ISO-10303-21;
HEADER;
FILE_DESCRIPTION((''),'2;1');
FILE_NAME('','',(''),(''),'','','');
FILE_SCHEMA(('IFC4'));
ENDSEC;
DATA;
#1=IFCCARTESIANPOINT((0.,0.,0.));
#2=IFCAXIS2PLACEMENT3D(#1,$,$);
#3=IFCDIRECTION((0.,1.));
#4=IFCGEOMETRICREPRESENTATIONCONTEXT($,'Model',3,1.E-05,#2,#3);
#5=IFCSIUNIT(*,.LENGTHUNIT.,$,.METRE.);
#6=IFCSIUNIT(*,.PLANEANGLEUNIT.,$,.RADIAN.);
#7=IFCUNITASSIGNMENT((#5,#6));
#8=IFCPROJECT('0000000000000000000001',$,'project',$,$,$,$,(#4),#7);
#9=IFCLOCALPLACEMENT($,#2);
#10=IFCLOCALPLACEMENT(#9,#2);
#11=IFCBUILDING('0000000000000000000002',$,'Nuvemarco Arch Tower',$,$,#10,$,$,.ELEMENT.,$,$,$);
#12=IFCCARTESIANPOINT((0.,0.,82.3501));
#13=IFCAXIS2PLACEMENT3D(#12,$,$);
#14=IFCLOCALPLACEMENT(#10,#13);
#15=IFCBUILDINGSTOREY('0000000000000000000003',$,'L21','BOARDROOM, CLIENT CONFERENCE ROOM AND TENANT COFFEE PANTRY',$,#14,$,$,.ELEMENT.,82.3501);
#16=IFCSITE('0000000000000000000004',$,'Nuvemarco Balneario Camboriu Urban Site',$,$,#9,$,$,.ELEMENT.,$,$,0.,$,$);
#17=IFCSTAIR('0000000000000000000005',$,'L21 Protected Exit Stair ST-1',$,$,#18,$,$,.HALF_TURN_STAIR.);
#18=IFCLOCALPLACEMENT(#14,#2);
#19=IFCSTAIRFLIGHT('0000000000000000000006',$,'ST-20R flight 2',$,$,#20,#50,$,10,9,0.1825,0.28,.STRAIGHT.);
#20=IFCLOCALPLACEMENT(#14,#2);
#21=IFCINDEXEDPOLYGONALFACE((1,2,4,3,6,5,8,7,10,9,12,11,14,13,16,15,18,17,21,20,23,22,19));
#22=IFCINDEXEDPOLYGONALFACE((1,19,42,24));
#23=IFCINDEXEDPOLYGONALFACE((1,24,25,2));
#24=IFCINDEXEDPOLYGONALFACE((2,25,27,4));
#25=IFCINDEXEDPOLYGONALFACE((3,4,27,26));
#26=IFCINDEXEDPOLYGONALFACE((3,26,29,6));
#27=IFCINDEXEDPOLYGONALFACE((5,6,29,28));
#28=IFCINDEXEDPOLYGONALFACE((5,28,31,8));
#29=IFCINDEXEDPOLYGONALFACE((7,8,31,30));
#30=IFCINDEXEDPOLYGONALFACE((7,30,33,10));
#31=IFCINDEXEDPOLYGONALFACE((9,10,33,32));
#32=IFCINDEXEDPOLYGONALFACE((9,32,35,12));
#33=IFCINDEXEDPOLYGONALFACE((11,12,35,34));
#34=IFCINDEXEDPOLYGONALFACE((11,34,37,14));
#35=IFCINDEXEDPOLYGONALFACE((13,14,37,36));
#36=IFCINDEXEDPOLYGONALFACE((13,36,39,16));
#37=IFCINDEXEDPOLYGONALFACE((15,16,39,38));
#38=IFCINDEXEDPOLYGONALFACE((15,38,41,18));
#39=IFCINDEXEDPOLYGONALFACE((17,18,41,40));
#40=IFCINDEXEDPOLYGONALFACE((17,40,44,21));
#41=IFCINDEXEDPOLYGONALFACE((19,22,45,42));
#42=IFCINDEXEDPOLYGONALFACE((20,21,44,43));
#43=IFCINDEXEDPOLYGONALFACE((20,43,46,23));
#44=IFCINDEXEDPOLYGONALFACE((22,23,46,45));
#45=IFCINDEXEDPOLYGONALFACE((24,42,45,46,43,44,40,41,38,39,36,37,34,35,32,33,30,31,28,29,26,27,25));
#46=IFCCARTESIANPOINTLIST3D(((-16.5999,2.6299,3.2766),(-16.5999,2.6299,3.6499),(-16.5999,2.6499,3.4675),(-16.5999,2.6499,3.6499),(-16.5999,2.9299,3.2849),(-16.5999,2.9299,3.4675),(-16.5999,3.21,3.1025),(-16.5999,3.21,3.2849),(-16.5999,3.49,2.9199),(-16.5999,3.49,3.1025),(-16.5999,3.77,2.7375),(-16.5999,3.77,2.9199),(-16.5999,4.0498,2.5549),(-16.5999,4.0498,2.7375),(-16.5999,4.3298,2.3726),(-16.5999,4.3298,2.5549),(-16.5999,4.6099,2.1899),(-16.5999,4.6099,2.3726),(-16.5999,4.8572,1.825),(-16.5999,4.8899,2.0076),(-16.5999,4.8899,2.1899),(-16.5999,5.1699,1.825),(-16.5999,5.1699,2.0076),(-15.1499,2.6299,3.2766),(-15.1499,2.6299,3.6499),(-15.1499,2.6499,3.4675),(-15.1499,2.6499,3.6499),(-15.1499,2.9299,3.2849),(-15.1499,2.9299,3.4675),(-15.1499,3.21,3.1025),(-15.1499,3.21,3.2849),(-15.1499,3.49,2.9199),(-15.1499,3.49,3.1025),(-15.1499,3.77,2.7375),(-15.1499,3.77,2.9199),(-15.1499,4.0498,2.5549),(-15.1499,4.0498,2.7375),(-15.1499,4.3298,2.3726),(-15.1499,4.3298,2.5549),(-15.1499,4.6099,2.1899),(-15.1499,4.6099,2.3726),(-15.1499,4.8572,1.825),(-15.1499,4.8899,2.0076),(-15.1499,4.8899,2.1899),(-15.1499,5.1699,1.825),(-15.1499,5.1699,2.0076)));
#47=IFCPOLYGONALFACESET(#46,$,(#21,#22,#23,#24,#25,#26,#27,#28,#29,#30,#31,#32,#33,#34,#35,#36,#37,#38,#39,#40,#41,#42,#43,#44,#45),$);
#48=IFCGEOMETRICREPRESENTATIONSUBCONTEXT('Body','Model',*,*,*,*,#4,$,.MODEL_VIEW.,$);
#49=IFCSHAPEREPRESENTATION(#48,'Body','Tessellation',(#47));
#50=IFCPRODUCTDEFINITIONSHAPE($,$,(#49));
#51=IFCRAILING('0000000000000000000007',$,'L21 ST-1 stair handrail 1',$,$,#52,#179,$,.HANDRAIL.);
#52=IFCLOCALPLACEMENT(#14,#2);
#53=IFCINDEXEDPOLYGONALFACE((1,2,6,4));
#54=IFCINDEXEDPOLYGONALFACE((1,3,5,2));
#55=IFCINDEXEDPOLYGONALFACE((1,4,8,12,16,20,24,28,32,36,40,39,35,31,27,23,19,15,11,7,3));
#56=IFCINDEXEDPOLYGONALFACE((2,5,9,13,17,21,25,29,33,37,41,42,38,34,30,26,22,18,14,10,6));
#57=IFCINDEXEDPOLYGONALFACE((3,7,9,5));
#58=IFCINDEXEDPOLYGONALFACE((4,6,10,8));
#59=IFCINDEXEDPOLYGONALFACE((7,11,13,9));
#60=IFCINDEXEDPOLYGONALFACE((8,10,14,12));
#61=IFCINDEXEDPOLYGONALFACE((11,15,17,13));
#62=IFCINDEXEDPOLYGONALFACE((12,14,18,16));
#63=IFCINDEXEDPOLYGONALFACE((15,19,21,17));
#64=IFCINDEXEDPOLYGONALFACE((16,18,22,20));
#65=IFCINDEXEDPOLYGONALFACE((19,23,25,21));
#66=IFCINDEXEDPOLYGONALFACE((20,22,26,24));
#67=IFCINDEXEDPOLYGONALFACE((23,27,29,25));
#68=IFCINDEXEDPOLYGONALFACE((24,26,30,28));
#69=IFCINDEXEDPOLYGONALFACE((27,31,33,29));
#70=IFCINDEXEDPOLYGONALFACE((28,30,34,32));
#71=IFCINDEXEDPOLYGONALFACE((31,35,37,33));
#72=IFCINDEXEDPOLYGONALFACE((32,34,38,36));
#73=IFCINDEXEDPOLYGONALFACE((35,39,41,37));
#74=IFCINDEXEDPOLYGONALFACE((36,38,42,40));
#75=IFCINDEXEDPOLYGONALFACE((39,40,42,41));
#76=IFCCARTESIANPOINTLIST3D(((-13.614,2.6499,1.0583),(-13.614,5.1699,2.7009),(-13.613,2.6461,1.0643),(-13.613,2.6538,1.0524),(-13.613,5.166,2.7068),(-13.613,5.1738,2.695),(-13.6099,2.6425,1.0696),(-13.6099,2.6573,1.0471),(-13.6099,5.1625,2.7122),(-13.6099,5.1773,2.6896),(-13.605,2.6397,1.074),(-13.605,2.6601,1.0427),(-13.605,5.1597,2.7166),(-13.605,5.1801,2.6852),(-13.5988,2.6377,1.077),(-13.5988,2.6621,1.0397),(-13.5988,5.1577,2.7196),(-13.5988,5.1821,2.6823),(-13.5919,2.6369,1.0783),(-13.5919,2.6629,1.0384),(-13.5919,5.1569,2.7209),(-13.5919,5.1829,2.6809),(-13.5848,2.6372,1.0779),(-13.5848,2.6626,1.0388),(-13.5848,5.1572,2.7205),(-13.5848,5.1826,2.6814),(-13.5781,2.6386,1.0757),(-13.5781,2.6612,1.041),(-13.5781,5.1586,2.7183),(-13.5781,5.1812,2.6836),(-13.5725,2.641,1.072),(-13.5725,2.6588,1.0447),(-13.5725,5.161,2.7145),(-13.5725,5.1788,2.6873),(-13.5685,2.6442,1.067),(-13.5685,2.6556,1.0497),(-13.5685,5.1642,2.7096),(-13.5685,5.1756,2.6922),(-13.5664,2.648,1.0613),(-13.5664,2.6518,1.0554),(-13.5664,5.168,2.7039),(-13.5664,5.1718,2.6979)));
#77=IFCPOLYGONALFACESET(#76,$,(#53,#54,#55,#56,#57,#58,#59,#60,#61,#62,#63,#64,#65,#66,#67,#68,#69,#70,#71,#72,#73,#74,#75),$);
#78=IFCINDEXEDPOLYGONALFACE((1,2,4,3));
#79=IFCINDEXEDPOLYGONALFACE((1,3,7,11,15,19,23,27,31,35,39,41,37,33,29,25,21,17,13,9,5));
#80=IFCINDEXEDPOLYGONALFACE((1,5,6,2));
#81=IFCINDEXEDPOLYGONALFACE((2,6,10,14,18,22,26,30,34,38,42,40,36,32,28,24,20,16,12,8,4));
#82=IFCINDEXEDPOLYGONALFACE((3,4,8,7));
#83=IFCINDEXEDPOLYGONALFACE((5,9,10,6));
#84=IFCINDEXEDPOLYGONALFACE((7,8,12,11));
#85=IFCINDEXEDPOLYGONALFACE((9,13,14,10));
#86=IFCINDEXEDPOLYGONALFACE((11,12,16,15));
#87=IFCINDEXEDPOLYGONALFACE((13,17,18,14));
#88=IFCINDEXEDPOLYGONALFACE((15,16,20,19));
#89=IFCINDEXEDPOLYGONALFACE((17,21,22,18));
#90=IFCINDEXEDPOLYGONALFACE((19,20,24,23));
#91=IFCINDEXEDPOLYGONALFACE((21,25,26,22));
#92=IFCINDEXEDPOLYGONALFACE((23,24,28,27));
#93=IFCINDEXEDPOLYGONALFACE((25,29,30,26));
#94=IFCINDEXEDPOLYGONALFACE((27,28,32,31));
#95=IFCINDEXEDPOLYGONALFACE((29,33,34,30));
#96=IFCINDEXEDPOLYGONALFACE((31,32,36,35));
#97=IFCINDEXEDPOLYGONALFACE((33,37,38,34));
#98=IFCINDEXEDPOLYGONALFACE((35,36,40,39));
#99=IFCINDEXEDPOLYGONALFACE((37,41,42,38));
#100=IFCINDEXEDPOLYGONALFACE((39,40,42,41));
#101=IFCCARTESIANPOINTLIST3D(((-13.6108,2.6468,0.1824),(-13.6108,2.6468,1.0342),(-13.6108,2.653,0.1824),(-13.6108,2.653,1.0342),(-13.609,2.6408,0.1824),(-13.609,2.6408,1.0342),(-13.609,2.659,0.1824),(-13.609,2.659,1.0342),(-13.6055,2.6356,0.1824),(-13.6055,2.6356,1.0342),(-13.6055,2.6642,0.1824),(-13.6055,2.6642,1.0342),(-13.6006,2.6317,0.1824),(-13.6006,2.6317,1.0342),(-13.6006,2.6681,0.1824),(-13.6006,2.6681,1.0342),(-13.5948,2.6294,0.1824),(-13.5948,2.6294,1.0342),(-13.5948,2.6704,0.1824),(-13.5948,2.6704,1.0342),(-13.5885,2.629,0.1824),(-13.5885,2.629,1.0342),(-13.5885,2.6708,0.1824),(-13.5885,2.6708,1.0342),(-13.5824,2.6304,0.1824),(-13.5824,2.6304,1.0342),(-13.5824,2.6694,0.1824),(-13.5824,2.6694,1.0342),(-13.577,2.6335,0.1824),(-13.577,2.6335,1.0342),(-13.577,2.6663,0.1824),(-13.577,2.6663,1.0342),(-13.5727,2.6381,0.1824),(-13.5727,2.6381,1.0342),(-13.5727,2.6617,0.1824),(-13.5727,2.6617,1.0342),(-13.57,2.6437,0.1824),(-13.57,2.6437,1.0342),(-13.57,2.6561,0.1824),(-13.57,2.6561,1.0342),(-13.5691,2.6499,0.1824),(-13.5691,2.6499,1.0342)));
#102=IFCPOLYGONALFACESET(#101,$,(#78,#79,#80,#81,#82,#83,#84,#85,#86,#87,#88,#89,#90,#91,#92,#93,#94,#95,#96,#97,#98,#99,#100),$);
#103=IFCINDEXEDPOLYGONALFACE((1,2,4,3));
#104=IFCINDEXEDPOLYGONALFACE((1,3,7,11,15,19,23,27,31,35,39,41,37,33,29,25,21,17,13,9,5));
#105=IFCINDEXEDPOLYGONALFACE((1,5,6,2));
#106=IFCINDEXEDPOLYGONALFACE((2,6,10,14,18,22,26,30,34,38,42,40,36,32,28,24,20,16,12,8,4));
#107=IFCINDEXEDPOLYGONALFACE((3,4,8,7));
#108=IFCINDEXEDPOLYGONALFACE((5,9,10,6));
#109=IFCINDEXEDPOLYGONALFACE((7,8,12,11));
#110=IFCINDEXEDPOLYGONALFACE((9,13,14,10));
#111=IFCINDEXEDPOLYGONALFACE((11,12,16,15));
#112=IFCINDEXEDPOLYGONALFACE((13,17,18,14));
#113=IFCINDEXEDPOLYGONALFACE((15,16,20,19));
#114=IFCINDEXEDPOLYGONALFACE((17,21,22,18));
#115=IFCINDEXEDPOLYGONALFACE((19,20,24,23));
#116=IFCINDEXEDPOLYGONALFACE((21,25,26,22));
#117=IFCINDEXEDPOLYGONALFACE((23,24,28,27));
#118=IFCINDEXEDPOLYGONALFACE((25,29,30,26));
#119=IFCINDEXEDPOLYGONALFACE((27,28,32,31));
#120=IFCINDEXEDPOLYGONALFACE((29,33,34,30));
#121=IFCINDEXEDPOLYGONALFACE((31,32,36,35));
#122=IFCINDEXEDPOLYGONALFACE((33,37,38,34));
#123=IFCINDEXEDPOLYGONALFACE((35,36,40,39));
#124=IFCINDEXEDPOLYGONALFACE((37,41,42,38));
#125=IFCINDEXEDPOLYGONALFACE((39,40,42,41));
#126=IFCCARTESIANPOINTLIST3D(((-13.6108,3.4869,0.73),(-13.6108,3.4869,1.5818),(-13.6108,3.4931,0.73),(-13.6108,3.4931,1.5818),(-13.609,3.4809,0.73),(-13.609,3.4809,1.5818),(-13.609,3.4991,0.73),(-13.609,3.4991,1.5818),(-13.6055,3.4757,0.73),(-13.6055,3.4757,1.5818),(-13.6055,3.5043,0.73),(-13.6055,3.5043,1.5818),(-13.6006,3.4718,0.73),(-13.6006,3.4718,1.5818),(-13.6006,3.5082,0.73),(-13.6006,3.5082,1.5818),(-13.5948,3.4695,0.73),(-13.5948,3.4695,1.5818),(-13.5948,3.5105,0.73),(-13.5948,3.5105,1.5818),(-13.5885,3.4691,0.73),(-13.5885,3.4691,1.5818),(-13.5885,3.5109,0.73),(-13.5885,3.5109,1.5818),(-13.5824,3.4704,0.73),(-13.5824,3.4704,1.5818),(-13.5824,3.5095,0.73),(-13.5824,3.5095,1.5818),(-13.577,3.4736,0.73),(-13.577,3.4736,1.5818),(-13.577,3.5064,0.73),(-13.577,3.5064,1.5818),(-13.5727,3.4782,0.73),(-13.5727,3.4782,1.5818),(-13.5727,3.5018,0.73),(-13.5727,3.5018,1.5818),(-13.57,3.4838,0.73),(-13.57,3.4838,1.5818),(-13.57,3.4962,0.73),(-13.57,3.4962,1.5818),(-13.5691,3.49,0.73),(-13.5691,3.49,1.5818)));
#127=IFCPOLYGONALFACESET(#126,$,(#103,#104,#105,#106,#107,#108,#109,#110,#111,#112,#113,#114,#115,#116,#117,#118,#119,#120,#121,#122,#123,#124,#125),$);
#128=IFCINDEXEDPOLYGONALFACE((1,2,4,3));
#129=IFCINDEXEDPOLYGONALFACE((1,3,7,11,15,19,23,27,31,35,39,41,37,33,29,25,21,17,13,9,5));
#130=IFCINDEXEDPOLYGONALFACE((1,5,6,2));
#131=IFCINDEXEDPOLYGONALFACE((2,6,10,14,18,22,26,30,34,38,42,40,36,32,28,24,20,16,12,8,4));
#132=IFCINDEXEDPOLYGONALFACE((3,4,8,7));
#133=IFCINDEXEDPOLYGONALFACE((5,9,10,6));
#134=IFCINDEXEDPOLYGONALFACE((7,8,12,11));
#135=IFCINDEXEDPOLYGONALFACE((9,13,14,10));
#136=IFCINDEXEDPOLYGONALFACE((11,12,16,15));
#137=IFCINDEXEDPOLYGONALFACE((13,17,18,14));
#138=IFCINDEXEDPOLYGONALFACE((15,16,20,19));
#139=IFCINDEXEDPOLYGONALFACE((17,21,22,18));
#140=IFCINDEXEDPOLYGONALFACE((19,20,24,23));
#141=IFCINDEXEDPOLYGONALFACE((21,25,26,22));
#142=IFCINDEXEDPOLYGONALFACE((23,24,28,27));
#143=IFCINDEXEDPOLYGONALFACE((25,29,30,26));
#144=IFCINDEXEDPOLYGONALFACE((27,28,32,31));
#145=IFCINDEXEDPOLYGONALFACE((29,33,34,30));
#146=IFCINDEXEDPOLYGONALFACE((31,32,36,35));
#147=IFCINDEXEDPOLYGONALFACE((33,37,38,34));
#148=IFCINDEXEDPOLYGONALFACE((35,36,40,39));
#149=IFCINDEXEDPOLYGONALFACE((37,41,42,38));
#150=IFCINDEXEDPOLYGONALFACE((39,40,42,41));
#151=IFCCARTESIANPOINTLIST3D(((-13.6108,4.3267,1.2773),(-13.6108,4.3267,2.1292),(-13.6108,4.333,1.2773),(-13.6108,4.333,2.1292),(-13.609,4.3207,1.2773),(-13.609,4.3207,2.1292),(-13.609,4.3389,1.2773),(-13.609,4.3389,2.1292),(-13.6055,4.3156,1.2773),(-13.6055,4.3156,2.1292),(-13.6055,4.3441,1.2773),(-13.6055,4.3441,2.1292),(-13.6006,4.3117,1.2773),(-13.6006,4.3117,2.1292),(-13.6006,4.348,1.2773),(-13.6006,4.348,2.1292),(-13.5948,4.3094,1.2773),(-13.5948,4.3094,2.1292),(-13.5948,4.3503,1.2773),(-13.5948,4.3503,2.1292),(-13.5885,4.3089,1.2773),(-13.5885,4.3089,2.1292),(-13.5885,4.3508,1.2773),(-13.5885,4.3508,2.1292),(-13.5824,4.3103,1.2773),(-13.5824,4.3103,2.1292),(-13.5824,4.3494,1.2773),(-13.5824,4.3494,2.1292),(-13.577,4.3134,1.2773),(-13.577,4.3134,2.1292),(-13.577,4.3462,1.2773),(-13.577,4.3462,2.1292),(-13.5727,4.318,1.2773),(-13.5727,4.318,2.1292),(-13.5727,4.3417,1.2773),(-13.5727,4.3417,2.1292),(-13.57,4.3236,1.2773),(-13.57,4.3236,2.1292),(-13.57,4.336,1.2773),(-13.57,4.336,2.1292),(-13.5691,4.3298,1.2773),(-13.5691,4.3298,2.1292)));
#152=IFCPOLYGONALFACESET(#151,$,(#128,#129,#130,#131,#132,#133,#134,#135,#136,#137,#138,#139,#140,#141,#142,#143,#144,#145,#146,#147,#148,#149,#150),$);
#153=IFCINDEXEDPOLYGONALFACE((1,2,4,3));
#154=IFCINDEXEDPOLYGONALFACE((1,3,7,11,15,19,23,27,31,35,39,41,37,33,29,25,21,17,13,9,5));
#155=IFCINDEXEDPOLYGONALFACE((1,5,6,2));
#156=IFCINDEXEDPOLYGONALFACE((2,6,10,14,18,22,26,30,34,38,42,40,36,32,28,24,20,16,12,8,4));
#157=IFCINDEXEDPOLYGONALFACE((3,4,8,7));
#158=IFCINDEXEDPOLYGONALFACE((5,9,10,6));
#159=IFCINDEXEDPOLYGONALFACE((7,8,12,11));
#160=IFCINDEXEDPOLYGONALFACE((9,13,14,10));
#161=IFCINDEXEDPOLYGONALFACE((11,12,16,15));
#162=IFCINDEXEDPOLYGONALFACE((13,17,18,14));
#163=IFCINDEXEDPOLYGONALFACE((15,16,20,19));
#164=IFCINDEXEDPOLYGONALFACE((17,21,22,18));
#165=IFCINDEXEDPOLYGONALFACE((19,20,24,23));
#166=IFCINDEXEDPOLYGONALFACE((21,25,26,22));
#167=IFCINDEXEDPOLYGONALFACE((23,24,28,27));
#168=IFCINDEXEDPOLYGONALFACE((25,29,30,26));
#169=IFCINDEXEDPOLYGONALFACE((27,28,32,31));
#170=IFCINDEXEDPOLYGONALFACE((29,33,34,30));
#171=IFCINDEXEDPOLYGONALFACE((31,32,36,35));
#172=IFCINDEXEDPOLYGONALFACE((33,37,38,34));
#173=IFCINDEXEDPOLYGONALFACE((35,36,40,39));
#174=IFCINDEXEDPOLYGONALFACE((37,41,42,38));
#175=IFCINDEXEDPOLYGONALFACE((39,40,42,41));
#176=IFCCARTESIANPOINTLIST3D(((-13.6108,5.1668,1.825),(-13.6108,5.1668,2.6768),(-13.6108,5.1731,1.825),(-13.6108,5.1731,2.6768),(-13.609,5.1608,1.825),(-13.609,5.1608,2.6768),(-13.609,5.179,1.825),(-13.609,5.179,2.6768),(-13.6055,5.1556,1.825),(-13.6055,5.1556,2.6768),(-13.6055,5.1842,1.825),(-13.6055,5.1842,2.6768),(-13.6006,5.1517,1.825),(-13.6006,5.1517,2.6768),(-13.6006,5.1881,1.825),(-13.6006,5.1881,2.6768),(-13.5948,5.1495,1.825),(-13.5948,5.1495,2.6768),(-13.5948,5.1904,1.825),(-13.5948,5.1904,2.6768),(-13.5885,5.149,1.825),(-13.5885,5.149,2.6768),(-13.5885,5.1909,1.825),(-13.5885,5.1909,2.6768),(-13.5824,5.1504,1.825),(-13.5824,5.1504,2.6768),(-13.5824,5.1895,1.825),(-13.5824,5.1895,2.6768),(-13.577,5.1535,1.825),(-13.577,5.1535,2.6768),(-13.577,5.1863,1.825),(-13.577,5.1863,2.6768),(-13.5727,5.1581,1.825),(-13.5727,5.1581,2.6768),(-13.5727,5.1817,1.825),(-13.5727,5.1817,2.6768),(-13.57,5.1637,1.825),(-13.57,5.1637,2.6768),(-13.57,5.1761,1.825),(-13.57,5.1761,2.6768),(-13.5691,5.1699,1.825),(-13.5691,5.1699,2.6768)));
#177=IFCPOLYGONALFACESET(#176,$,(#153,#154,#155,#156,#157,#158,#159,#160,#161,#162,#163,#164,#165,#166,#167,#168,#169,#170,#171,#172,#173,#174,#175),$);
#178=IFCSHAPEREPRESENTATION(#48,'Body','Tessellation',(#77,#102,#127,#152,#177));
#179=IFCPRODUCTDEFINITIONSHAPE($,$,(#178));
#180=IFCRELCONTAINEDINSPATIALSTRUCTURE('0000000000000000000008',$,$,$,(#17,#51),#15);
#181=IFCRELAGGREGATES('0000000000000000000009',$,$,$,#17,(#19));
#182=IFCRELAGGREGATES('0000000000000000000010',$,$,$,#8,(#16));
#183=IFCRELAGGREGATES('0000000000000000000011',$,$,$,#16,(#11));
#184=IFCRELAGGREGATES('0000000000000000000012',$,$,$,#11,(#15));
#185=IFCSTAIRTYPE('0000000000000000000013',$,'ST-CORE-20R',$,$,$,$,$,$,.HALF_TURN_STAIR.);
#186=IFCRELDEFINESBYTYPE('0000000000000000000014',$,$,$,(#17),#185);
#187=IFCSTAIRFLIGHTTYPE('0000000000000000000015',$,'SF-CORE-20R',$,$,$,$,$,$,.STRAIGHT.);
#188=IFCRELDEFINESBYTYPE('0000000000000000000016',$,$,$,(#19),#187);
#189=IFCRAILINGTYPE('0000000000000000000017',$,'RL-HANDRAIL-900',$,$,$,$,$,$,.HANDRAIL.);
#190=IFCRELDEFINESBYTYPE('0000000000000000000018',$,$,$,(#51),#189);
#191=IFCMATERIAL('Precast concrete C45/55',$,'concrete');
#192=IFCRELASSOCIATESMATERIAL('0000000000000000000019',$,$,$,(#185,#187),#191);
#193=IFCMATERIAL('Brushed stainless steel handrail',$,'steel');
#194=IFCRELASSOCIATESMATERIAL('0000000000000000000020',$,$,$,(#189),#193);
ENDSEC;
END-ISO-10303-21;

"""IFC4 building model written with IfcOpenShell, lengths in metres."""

from ifc_helpers import new_model, si_unit, direction, frame, origin, origin_2d, place, context, subcontext, project, spatial, polyline, circle, outline, extrude, material, type_object, element, aggregate, save


model = new_model("IFC4")

# Units and contexts
model_context = context("Model", 3, precision=1e-05, world=origin(), true_north=direction((0.0, 1.0)))
body_context = subcontext(model_context, "Body", "Model", "MODEL_VIEW")
ifc_project = project(units=[si_unit("LENGTHUNIT", "METRE"), si_unit("PLANEANGLEUNIT", "RADIAN")], contexts=[model_context])

# Site, building, storey
site_placement = place(None, origin())
site = spatial("IfcSite", under=ifc_project, at=site_placement, Name="Nuvemarco Balneario Camboriu Urban Site", CompositionType="ELEMENT", RefElevation=0.0)
building_placement = place(site_placement, origin())
building = spatial("IfcBuilding", under=site, at=building_placement, Name="Nuvemarco Arch Tower", CompositionType="ELEMENT")
storey_placement = place(building_placement, frame((0.0, 0.0, 82.3501)))
storey = spatial("IfcBuildingStorey", under=building, at=storey_placement, Name="L21", Description="BOARDROOM, CLIENT CONFERENCE ROOM AND TENANT COFFEE PANTRY", CompositionType="ELEMENT", Elevation=82.3501)

# Stair, stair flight
ifc_material_1 = material(Name="Precast concrete C45/55", Category="concrete")
stair_type = type_object("IfcStairType", Name="ST-CORE-20R", PredefinedType="HALF_TURN_STAIR", material=ifc_material_1)
stair_placement = place(storey_placement, origin())
stair = element("IfcStair", 1, at=stair_placement, inside=storey, type_object=stair_type, Name="L21 Protected Exit Stair ST-1", PredefinedType="HALF_TURN_STAIR")
stair_flight_type = type_object("IfcStairFlightType", Name="SF-CORE-20R", PredefinedType="STRAIGHT", material=ifc_material_1)
stair_flight_1_placement = place(storey_placement, frame((-15.875, 5.1699, 1.825), z_axis=(0.0, 0.0, 1.0), x_axis=(0.0, -1.0, 0.0)))
stair_flight_1 = element("IfcStairFlight", 2, at=stair_flight_1_placement, type_object=stair_flight_type, Name="ST-20R flight 2", NumberOfRisers=10, NumberOfTreads=9, PredefinedType="STRAIGHT", RiserHeight=0.1825, TreadLength=0.28, context=body_context, shape_type="SweptSolid", body=[
    extrude(outline(polyline([(0.0, 0.0), (0.0, 0.1826), (0.28, 0.1826), (0.28, 0.365), (0.5601, 0.365), (0.5601, 0.5476), (0.8401, 0.5476), (0.8401, 0.73), (1.1201, 0.73), (1.1201, 0.9126), (1.3999, 0.9126), (1.3999, 1.095), (1.6799, 1.095), (1.6799, 1.2776), (1.96, 1.2776), (1.96, 1.46), (2.24, 1.46), (2.24, 1.6426), (2.52, 1.6426), (2.52, 1.825), (2.54, 1.825), (2.54, 1.4517), (0.3127, 0.0), (0.0, 0.0)])), frame((0.0, 0.7251, 0.0), z_axis=(0.0, -1.0, 0.0), x_axis=(1.0, 0.0, 0.0)), (0.0, 0.0, 1.0), 1.45),
])
aggregate(stair, [stair_flight_1])

# Railing
ifc_material_2 = material(Name="Brushed stainless steel handrail", Category="steel")
railing_type_1 = type_object("IfcRailingType", Name="RL-HANDRAIL-900", PredefinedType="HANDRAIL", material=ifc_material_2)
railing_1_placement = place(storey_placement, frame((-13.5901, 2.6499, 0.1824)))
element("IfcRailing", 3, at=railing_1_placement, inside=storey, type_object=railing_type_1, Name="L21 ST-1 stair handrail 1", PredefinedType="HANDRAIL", context=body_context, shape_type="SweptSolid", body=[
    extrude(circle(Radius=0.0239, at=origin_2d()), frame((0.0, 0.0, 0.876), z_axis=(0.0, 0.837749, 0.546055), x_axis=(-1.0, 0.0, 0.0)), (0.0, 0.0, 1.0), 3.0081),
    extrude(circle(Radius=0.021, at=origin_2d()), origin(), (0.0, 0.0, 1.0), 0.8518),
    extrude(circle(Radius=0.021, at=origin_2d()), frame((0.0, 0.8401, 0.5476)), (0.0, 0.0, 1.0), 0.8518),
    extrude(circle(Radius=0.021, at=origin_2d()), frame((0.0, 1.6799, 1.095)), (0.0, 0.0, 1.0), 0.8518),
    extrude(circle(Radius=0.021, at=origin_2d()), frame((0.0, 2.52, 1.6426)), (0.0, 0.0, 1.0), 0.8518),
])

save(model, "model.ifc")
